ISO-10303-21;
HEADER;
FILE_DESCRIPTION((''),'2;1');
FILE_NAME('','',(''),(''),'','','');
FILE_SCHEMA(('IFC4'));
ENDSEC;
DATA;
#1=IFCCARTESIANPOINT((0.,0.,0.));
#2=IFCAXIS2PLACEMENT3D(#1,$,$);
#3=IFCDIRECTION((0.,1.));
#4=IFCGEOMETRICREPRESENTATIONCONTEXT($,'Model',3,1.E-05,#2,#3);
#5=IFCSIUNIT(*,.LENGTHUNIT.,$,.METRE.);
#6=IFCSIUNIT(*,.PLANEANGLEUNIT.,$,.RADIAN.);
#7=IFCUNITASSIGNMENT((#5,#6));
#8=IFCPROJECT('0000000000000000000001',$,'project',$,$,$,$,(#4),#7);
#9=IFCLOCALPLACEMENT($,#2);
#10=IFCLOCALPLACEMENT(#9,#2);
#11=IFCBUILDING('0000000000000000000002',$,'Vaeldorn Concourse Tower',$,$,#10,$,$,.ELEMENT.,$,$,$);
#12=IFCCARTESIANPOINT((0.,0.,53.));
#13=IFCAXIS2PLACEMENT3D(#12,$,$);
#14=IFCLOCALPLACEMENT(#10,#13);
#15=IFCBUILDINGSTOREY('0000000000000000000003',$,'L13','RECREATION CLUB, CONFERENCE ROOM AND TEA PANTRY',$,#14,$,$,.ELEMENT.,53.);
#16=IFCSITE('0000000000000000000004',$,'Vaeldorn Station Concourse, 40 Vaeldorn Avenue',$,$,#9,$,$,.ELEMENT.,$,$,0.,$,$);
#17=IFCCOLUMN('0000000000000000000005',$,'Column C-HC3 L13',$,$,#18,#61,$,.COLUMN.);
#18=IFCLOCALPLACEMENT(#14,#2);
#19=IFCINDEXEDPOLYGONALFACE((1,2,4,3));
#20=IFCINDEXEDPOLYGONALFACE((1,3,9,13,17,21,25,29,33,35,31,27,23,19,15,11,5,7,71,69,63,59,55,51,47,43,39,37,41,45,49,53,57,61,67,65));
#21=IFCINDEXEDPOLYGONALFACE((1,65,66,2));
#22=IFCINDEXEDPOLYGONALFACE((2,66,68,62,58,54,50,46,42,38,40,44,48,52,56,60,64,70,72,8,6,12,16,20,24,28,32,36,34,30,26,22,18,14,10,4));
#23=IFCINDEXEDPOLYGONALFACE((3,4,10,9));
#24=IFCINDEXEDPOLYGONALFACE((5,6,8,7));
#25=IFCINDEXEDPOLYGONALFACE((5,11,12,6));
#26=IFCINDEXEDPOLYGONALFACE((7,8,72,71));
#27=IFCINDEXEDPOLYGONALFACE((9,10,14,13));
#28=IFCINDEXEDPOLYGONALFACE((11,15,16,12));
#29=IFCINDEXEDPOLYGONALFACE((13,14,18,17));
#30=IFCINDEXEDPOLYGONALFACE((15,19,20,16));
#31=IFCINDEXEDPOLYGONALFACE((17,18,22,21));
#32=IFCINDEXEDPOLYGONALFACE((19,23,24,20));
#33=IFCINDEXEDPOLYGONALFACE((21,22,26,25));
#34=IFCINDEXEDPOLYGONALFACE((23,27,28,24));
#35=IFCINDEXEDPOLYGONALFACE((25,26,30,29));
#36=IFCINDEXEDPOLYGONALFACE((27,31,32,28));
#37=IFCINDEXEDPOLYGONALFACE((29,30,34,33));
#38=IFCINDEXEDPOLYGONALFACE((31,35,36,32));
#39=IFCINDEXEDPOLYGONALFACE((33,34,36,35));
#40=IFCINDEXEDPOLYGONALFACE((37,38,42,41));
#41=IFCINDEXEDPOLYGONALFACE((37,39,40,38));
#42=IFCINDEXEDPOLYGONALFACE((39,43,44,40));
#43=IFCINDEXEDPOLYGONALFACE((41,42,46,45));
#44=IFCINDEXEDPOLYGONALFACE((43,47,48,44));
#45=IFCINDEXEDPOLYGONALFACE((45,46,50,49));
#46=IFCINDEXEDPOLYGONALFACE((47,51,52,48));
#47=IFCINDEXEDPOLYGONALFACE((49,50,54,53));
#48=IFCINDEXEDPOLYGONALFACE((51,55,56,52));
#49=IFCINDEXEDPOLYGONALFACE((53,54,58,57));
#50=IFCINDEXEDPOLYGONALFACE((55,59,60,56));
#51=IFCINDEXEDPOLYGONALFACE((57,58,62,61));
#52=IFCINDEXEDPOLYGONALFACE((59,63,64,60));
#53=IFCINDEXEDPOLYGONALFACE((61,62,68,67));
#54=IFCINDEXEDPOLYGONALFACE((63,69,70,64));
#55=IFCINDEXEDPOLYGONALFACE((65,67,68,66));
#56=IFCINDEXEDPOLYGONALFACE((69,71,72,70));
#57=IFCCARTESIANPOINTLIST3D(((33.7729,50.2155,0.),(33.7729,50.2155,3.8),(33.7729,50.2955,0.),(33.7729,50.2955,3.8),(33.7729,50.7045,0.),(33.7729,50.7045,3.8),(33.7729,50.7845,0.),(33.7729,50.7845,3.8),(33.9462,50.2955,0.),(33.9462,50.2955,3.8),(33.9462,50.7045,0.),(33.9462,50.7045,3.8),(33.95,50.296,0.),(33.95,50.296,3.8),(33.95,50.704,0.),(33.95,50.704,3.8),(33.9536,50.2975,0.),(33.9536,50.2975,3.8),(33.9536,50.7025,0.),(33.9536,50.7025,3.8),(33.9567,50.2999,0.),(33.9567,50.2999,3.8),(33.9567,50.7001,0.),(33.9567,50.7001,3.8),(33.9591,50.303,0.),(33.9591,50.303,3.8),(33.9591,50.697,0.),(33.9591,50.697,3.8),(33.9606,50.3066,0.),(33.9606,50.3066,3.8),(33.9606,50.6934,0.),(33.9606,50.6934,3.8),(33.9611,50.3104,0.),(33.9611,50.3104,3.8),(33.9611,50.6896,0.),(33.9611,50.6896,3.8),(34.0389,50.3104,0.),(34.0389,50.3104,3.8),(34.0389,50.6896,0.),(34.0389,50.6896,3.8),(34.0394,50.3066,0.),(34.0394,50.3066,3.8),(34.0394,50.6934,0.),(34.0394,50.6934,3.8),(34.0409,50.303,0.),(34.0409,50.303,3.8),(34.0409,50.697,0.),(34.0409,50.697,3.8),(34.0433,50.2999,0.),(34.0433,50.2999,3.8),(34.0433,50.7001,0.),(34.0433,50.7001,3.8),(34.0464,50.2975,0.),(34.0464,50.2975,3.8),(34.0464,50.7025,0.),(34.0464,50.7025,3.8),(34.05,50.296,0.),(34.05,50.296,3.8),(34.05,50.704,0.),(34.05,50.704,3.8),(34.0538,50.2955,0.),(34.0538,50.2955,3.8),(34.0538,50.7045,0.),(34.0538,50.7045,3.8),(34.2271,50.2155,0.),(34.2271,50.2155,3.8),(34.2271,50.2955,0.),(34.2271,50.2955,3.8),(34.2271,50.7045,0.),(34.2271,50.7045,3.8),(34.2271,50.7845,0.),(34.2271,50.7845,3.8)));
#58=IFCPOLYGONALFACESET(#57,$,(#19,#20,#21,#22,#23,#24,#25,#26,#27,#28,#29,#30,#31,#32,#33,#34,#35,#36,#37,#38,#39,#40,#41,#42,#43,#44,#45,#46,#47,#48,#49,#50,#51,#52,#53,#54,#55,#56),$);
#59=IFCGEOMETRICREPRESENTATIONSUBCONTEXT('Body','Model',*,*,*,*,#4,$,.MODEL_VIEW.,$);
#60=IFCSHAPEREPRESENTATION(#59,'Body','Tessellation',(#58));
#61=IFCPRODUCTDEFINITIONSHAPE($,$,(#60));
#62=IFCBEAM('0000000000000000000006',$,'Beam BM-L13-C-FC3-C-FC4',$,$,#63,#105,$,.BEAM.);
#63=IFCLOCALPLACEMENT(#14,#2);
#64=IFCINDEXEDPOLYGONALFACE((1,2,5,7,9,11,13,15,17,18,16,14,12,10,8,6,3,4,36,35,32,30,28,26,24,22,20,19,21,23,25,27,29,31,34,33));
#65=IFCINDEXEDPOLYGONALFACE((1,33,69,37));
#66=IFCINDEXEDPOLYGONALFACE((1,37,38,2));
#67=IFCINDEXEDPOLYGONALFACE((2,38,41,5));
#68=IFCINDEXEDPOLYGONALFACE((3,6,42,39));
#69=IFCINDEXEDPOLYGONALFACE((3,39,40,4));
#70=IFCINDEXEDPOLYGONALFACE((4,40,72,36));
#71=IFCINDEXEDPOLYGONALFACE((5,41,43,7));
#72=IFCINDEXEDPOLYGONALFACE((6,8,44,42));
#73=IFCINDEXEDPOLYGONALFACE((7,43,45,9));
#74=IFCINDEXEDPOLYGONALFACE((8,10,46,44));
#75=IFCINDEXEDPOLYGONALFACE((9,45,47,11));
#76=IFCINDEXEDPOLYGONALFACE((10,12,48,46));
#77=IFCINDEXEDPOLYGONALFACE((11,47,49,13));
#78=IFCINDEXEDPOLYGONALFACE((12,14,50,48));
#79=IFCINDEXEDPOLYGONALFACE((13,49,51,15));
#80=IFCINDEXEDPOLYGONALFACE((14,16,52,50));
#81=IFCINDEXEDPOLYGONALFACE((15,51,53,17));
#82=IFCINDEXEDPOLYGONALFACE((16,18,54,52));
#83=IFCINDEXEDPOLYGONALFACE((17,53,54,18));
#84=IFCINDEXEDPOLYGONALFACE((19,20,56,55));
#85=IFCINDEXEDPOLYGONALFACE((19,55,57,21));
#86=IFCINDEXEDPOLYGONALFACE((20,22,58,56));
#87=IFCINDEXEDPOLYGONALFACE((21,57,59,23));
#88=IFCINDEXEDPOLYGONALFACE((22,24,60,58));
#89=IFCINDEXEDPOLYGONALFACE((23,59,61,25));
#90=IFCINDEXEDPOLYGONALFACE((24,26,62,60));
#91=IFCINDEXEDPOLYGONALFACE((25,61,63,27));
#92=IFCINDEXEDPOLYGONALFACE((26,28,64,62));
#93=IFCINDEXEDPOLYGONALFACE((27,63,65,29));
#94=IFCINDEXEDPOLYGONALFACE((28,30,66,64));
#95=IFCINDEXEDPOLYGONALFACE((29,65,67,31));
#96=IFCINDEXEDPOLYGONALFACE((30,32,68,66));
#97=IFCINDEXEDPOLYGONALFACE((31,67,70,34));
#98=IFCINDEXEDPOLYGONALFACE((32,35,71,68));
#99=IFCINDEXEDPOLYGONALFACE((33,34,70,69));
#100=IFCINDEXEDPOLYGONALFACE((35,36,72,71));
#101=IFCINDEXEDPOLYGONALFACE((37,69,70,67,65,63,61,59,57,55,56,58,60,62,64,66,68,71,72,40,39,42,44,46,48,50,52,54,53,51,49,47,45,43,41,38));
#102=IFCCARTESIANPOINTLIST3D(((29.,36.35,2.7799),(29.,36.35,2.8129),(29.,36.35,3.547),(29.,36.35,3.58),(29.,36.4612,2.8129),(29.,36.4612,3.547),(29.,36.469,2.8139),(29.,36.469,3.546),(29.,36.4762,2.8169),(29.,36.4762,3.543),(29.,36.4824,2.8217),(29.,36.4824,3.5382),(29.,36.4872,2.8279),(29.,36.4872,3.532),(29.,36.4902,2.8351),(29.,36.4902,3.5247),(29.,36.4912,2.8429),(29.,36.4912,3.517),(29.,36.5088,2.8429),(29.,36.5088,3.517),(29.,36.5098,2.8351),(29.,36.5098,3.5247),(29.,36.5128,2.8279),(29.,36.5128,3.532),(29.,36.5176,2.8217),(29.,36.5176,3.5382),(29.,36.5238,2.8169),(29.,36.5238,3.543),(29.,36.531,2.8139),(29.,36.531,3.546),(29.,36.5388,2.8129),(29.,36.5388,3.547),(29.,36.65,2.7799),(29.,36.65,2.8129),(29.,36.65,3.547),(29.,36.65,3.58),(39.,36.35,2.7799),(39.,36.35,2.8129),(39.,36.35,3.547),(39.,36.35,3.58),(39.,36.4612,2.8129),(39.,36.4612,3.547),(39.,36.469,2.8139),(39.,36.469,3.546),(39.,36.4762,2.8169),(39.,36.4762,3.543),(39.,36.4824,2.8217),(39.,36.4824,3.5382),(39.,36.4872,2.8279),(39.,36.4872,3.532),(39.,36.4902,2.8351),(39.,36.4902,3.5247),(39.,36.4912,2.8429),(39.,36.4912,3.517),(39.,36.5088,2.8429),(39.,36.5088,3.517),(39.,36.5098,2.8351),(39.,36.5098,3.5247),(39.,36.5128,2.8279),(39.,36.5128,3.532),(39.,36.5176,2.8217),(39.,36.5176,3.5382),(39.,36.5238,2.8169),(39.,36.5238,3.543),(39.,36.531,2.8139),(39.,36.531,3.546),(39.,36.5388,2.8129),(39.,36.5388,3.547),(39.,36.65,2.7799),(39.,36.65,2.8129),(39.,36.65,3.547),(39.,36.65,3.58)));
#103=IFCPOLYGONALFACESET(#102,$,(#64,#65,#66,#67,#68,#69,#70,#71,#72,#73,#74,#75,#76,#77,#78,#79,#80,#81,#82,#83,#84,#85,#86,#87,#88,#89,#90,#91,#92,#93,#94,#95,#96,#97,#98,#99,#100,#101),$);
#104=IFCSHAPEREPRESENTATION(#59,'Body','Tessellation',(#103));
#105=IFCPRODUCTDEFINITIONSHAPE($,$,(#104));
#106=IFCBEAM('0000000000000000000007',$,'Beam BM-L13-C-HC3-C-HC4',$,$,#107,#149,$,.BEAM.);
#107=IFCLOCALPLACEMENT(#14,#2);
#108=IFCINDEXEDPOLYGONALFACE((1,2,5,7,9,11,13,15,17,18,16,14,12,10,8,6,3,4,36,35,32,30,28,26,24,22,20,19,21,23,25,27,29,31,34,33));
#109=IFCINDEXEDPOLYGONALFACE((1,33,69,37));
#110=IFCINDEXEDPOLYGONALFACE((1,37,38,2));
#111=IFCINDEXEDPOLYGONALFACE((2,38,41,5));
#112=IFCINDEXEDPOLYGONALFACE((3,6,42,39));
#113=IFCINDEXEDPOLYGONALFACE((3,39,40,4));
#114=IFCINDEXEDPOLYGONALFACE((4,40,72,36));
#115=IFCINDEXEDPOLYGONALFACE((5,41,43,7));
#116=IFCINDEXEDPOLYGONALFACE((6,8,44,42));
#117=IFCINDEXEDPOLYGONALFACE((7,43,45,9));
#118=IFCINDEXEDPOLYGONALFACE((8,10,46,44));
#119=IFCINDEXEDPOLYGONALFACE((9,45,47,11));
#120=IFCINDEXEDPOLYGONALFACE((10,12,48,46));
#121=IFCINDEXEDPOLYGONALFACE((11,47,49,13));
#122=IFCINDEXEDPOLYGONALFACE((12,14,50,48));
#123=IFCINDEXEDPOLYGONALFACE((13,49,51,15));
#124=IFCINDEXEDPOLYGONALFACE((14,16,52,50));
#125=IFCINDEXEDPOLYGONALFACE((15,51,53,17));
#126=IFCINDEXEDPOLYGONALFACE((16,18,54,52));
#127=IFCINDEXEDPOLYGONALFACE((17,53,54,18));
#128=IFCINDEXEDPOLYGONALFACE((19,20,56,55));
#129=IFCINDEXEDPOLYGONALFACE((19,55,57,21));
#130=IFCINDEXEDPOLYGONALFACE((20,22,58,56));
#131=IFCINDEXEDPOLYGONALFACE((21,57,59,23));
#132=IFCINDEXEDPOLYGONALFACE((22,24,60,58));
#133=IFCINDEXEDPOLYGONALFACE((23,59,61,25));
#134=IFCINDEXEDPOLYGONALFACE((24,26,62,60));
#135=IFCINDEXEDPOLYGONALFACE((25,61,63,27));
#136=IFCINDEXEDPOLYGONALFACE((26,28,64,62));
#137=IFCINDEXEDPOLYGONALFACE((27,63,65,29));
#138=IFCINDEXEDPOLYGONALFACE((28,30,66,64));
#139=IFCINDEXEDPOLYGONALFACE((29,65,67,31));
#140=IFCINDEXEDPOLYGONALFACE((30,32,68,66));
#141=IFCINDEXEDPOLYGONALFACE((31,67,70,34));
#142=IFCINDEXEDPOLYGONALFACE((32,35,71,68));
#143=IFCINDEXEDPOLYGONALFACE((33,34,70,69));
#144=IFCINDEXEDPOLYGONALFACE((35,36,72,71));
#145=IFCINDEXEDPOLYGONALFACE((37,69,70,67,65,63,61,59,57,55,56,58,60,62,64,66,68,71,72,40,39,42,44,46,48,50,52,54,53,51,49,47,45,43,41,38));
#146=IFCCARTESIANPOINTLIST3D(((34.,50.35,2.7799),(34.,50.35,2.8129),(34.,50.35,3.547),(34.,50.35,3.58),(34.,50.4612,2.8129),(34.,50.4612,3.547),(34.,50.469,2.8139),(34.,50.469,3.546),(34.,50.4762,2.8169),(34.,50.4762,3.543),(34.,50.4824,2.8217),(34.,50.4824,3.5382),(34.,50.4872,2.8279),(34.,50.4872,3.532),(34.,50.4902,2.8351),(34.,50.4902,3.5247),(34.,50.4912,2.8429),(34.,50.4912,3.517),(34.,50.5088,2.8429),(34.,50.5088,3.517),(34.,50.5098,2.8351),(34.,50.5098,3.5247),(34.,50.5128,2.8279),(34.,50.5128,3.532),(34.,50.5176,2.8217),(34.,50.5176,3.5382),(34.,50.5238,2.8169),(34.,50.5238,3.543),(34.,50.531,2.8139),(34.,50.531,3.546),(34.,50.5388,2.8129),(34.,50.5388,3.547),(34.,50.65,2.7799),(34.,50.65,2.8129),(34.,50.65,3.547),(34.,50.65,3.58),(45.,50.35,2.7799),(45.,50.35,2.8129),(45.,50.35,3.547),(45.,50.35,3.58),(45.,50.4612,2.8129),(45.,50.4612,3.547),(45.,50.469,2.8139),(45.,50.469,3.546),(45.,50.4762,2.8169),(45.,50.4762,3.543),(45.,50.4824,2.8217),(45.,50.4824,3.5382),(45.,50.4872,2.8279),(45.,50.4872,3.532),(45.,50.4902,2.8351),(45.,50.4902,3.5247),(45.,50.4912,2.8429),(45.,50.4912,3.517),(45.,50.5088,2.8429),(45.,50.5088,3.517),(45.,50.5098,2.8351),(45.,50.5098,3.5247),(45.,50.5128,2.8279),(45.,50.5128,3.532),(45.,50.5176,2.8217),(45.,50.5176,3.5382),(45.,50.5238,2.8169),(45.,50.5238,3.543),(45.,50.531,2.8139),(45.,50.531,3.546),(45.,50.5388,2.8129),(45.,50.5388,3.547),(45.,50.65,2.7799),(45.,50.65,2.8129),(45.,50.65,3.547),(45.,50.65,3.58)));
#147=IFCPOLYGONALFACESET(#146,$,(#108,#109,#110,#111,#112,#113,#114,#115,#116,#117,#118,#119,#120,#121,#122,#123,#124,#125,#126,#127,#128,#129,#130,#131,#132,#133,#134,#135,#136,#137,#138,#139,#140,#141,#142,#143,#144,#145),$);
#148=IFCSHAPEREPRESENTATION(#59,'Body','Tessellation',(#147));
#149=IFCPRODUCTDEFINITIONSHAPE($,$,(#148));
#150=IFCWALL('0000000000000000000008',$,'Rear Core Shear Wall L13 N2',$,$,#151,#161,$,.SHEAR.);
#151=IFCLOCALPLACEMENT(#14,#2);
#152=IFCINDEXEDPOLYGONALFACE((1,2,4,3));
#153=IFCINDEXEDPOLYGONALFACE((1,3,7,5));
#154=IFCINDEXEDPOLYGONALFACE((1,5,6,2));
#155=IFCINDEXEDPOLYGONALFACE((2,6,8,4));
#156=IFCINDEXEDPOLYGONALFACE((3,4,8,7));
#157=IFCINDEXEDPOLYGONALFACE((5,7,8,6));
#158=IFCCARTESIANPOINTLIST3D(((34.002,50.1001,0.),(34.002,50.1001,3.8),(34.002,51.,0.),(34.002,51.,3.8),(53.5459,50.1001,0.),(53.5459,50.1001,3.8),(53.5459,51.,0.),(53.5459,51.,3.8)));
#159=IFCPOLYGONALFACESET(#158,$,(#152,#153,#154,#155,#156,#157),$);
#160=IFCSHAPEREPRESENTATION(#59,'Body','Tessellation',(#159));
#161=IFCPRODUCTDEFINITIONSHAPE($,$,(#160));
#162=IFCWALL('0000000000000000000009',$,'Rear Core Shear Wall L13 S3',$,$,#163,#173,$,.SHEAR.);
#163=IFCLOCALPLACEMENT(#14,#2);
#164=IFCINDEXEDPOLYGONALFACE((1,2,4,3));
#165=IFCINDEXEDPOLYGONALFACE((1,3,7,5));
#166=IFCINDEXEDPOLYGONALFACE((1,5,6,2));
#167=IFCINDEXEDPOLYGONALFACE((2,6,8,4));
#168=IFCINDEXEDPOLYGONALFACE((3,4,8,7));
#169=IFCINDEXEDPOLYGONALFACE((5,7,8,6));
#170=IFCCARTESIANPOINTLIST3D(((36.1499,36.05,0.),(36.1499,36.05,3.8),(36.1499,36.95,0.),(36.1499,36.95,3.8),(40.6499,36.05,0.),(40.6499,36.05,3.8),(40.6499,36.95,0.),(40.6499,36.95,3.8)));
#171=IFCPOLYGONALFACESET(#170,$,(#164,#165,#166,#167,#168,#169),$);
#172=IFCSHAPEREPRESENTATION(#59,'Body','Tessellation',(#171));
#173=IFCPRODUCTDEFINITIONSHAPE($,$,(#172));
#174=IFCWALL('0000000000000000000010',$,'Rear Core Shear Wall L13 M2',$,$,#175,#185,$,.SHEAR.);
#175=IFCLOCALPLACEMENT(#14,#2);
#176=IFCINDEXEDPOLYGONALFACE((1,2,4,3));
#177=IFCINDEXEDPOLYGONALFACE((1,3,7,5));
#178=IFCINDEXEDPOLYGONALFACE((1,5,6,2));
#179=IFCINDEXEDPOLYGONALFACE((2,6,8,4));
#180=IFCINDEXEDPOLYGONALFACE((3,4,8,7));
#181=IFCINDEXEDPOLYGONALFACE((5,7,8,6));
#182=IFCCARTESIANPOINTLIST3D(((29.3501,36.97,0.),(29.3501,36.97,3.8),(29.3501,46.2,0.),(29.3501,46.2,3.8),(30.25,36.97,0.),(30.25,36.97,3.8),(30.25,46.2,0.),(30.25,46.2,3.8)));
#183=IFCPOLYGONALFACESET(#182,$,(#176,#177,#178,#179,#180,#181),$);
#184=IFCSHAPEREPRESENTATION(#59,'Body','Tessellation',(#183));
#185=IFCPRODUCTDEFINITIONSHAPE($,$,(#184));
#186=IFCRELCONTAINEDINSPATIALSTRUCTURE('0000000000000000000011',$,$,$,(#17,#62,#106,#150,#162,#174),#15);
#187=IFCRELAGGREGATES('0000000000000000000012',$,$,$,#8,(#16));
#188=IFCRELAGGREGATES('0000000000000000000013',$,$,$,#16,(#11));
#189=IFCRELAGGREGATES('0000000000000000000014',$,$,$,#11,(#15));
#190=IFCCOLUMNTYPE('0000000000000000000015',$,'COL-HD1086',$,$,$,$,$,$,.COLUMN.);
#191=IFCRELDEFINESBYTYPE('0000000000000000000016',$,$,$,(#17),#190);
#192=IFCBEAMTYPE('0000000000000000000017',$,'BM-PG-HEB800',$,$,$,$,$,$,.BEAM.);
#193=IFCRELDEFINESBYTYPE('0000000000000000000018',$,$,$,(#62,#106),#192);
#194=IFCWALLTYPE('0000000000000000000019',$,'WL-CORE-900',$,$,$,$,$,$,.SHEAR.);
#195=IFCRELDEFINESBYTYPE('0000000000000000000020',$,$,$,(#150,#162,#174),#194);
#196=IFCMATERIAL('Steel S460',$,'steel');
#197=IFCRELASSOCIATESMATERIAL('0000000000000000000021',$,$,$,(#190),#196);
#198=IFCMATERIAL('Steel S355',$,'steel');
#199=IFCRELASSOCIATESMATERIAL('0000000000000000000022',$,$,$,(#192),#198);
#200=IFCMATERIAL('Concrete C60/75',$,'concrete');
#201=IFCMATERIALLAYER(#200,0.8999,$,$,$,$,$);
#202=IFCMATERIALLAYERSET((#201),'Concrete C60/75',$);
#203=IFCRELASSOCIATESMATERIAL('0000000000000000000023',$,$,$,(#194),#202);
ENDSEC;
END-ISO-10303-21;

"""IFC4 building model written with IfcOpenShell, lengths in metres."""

from ifc_helpers import new_model, si_unit, direction, frame, frame_2d, origin, origin_2d, place, context, subcontext, project, spatial, rectangle, i_section, extrude, source, transform, mapped, material, layer, layer_set, material_profile, profile_set, type_object, element, save


model = new_model("IFC4")

# Units and contexts
model_context = context("Model", 3, precision=1e-05, world=origin(), true_north=direction((0.0, 1.0)))
body_context = subcontext(model_context, "Body", "Model", "MODEL_VIEW")
ifc_project = project(units=[si_unit("LENGTHUNIT", "METRE"), si_unit("PLANEANGLEUNIT", "RADIAN")], contexts=[model_context])

# Site, building, storey
site_placement = place(None, origin())
site = spatial("IfcSite", under=ifc_project, at=site_placement, Name="Vaeldorn Station Concourse, 40 Vaeldorn Avenue", CompositionType="ELEMENT", RefElevation=0.0)
building_placement = place(site_placement, origin())
building = spatial("IfcBuilding", under=site, at=building_placement, Name="Vaeldorn Concourse Tower", CompositionType="ELEMENT")
storey_placement = place(building_placement, frame((0.0, 0.0, 53.0)))
storey = spatial("IfcBuildingStorey", under=building, at=storey_placement, Name="L13", Description="RECREATION CLUB, CONFERENCE ROOM AND TEA PANTRY", CompositionType="ELEMENT", Elevation=53.0)

# Column
ifc_material_1 = material(Name="Steel S460", Category="steel")
ifc_material_profile_1 = material_profile(ifc_material_1, i_section(OverallWidth=0.4541, OverallDepth=0.5691, WebThickness=0.0779, FlangeThickness=0.0801, FilletRadius=0.0149, at=origin_2d()), Name="HD 400x1086")
ifc_profile_set_1 = profile_set([ifc_material_profile_1], Name="Steel S460")
column_type = type_object("IfcColumnType", Name="COL-HD1086", PredefinedType="COLUMN", material=ifc_profile_set_1)
shared_shape_1 = source(origin(), body_context, "Body", "SweptSolid", [
    extrude(i_section(OverallWidth=0.4541, OverallDepth=0.5691, WebThickness=0.0779, FlangeThickness=0.0801, FilletRadius=0.0149, at=origin_2d()), origin(), (0.0, 0.0, 1.0), 3.8),
])
column_placement = place(storey_placement, frame((34.0, 50.5, 0.0), z_axis=(0.0, 0.0, 1.0), x_axis=(1.0, 0.0, 0.0)))
element("IfcColumn", 1, at=column_placement, inside=storey, type_object=column_type, Name="Column C-HC3 L13", PredefinedType="COLUMN", context=body_context, shape_type="MappedRepresentation", body=[
    mapped(shared_shape_1, transform((0.0, 0.0, 0.0), scale=1.0)),
])

# Beams
ifc_material_2 = material(Name="Steel S355", Category="steel")
ifc_material_profile_2 = material_profile(ifc_material_2, i_section(OverallWidth=0.3, OverallDepth=0.8, WebThickness=0.0176, FlangeThickness=0.033, FilletRadius=0.03, at=origin_2d()), Name="HEB 800")
ifc_profile_set_2 = profile_set([ifc_material_profile_2], Name="Steel S355")
beam_type = type_object("IfcBeamType", Name="BM-PG-HEB800", PredefinedType="BEAM", material=ifc_profile_set_2)
shared_shape_2 = source(origin(), body_context, "Body", "SweptSolid", [
    extrude(i_section(OverallWidth=0.3, OverallDepth=0.8, WebThickness=0.0176, FlangeThickness=0.033, FilletRadius=0.03, at=origin_2d()), origin(), (0.0, 0.0, 1.0), 10.0),
])
beam_1_placement = place(storey_placement, frame((29.0, 36.5, 3.1799), z_axis=(1.0, 0.0, 0.0), x_axis=(0.0, 1.0, 0.0)))
element("IfcBeam", 2, at=beam_1_placement, inside=storey, type_object=beam_type, Name="Beam BM-L13-C-FC3-C-FC4", PredefinedType="BEAM", context=body_context, shape_type="MappedRepresentation", body=[
    mapped(shared_shape_2, transform((0.0, 0.0, 0.0), scale=1.0)),
])
shared_shape_3 = source(origin(), body_context, "Body", "SweptSolid", [
    extrude(i_section(OverallWidth=0.3, OverallDepth=0.8, WebThickness=0.0176, FlangeThickness=0.033, FilletRadius=0.03, at=origin_2d()), origin(), (0.0, 0.0, 1.0), 11.0),
])
beam_2_placement = place(storey_placement, frame((34.0, 50.5, 3.1799), z_axis=(1.0, 0.0, 0.0), x_axis=(0.0, 1.0, 0.0)))
element("IfcBeam", 3, at=beam_2_placement, inside=storey, type_object=beam_type, Name="Beam BM-L13-C-HC3-C-HC4", PredefinedType="BEAM", context=body_context, shape_type="MappedRepresentation", body=[
    mapped(shared_shape_3, transform((0.0, 0.0, 0.0), scale=1.0)),
])

# Walls
ifc_material_3 = material(Name="Concrete C60/75", Category="concrete")
ifc_layer_1 = layer(ifc_material_3, 0.8999)
ifc_layer_set_1 = layer_set([ifc_layer_1], Name="Concrete C60/75")
wall_type_1 = type_object("IfcWallType", Name="WL-CORE-900", PredefinedType="SHEAR", material=ifc_layer_set_1)
wall_1_placement = place(storey_placement, frame((34.002, 50.55, 0.0), z_axis=(0.0, 0.0, 1.0), x_axis=(1.0, 0.0, 0.0)))
element("IfcWall", 4, at=wall_1_placement, inside=storey, type_object=wall_type_1, Name="Rear Core Shear Wall L13 N2", PredefinedType="SHEAR", context=body_context, shape_type="SweptSolid", body=[
    extrude(rectangle(XDim=19.5439, YDim=0.8999, at=frame_2d((9.772, 0.0))), origin(), (0.0, 0.0, 1.0), 3.8),
])
wall_2_placement = place(storey_placement, frame((36.1499, 36.5, 0.0), z_axis=(0.0, 0.0, 1.0), x_axis=(1.0, 0.0, 0.0)))
element("IfcWall", 5, at=wall_2_placement, inside=storey, type_object=wall_type_1, Name="Rear Core Shear Wall L13 S3", PredefinedType="SHEAR", context=body_context, shape_type="SweptSolid", body=[
    extrude(rectangle(XDim=4.5, YDim=0.8999, at=frame_2d((2.25, 0.0))), origin(), (0.0, 0.0, 1.0), 3.8),
])
for number, where, z_axis, x_axis, name in (
    (6, (29.8, 36.97, 0.0), (0.0, 0.0, 1.0), (0.0, 1.0, 0.0), "Rear Core Shear Wall L13 M2"),
):
    element("IfcWall", number, at=place(storey_placement, frame(where, z_axis=z_axis, x_axis=x_axis)), inside=storey, type_object=wall_type_1, Name=name, PredefinedType="SHEAR", context=body_context, shape_type="SweptSolid", body=[
        extrude(rectangle(XDim=9.23, YDim=0.8999, at=frame_2d((4.615, 0.0))), origin(), (0.0, 0.0, 1.0), 3.8),
    ])

save(model, "model.ifc")
